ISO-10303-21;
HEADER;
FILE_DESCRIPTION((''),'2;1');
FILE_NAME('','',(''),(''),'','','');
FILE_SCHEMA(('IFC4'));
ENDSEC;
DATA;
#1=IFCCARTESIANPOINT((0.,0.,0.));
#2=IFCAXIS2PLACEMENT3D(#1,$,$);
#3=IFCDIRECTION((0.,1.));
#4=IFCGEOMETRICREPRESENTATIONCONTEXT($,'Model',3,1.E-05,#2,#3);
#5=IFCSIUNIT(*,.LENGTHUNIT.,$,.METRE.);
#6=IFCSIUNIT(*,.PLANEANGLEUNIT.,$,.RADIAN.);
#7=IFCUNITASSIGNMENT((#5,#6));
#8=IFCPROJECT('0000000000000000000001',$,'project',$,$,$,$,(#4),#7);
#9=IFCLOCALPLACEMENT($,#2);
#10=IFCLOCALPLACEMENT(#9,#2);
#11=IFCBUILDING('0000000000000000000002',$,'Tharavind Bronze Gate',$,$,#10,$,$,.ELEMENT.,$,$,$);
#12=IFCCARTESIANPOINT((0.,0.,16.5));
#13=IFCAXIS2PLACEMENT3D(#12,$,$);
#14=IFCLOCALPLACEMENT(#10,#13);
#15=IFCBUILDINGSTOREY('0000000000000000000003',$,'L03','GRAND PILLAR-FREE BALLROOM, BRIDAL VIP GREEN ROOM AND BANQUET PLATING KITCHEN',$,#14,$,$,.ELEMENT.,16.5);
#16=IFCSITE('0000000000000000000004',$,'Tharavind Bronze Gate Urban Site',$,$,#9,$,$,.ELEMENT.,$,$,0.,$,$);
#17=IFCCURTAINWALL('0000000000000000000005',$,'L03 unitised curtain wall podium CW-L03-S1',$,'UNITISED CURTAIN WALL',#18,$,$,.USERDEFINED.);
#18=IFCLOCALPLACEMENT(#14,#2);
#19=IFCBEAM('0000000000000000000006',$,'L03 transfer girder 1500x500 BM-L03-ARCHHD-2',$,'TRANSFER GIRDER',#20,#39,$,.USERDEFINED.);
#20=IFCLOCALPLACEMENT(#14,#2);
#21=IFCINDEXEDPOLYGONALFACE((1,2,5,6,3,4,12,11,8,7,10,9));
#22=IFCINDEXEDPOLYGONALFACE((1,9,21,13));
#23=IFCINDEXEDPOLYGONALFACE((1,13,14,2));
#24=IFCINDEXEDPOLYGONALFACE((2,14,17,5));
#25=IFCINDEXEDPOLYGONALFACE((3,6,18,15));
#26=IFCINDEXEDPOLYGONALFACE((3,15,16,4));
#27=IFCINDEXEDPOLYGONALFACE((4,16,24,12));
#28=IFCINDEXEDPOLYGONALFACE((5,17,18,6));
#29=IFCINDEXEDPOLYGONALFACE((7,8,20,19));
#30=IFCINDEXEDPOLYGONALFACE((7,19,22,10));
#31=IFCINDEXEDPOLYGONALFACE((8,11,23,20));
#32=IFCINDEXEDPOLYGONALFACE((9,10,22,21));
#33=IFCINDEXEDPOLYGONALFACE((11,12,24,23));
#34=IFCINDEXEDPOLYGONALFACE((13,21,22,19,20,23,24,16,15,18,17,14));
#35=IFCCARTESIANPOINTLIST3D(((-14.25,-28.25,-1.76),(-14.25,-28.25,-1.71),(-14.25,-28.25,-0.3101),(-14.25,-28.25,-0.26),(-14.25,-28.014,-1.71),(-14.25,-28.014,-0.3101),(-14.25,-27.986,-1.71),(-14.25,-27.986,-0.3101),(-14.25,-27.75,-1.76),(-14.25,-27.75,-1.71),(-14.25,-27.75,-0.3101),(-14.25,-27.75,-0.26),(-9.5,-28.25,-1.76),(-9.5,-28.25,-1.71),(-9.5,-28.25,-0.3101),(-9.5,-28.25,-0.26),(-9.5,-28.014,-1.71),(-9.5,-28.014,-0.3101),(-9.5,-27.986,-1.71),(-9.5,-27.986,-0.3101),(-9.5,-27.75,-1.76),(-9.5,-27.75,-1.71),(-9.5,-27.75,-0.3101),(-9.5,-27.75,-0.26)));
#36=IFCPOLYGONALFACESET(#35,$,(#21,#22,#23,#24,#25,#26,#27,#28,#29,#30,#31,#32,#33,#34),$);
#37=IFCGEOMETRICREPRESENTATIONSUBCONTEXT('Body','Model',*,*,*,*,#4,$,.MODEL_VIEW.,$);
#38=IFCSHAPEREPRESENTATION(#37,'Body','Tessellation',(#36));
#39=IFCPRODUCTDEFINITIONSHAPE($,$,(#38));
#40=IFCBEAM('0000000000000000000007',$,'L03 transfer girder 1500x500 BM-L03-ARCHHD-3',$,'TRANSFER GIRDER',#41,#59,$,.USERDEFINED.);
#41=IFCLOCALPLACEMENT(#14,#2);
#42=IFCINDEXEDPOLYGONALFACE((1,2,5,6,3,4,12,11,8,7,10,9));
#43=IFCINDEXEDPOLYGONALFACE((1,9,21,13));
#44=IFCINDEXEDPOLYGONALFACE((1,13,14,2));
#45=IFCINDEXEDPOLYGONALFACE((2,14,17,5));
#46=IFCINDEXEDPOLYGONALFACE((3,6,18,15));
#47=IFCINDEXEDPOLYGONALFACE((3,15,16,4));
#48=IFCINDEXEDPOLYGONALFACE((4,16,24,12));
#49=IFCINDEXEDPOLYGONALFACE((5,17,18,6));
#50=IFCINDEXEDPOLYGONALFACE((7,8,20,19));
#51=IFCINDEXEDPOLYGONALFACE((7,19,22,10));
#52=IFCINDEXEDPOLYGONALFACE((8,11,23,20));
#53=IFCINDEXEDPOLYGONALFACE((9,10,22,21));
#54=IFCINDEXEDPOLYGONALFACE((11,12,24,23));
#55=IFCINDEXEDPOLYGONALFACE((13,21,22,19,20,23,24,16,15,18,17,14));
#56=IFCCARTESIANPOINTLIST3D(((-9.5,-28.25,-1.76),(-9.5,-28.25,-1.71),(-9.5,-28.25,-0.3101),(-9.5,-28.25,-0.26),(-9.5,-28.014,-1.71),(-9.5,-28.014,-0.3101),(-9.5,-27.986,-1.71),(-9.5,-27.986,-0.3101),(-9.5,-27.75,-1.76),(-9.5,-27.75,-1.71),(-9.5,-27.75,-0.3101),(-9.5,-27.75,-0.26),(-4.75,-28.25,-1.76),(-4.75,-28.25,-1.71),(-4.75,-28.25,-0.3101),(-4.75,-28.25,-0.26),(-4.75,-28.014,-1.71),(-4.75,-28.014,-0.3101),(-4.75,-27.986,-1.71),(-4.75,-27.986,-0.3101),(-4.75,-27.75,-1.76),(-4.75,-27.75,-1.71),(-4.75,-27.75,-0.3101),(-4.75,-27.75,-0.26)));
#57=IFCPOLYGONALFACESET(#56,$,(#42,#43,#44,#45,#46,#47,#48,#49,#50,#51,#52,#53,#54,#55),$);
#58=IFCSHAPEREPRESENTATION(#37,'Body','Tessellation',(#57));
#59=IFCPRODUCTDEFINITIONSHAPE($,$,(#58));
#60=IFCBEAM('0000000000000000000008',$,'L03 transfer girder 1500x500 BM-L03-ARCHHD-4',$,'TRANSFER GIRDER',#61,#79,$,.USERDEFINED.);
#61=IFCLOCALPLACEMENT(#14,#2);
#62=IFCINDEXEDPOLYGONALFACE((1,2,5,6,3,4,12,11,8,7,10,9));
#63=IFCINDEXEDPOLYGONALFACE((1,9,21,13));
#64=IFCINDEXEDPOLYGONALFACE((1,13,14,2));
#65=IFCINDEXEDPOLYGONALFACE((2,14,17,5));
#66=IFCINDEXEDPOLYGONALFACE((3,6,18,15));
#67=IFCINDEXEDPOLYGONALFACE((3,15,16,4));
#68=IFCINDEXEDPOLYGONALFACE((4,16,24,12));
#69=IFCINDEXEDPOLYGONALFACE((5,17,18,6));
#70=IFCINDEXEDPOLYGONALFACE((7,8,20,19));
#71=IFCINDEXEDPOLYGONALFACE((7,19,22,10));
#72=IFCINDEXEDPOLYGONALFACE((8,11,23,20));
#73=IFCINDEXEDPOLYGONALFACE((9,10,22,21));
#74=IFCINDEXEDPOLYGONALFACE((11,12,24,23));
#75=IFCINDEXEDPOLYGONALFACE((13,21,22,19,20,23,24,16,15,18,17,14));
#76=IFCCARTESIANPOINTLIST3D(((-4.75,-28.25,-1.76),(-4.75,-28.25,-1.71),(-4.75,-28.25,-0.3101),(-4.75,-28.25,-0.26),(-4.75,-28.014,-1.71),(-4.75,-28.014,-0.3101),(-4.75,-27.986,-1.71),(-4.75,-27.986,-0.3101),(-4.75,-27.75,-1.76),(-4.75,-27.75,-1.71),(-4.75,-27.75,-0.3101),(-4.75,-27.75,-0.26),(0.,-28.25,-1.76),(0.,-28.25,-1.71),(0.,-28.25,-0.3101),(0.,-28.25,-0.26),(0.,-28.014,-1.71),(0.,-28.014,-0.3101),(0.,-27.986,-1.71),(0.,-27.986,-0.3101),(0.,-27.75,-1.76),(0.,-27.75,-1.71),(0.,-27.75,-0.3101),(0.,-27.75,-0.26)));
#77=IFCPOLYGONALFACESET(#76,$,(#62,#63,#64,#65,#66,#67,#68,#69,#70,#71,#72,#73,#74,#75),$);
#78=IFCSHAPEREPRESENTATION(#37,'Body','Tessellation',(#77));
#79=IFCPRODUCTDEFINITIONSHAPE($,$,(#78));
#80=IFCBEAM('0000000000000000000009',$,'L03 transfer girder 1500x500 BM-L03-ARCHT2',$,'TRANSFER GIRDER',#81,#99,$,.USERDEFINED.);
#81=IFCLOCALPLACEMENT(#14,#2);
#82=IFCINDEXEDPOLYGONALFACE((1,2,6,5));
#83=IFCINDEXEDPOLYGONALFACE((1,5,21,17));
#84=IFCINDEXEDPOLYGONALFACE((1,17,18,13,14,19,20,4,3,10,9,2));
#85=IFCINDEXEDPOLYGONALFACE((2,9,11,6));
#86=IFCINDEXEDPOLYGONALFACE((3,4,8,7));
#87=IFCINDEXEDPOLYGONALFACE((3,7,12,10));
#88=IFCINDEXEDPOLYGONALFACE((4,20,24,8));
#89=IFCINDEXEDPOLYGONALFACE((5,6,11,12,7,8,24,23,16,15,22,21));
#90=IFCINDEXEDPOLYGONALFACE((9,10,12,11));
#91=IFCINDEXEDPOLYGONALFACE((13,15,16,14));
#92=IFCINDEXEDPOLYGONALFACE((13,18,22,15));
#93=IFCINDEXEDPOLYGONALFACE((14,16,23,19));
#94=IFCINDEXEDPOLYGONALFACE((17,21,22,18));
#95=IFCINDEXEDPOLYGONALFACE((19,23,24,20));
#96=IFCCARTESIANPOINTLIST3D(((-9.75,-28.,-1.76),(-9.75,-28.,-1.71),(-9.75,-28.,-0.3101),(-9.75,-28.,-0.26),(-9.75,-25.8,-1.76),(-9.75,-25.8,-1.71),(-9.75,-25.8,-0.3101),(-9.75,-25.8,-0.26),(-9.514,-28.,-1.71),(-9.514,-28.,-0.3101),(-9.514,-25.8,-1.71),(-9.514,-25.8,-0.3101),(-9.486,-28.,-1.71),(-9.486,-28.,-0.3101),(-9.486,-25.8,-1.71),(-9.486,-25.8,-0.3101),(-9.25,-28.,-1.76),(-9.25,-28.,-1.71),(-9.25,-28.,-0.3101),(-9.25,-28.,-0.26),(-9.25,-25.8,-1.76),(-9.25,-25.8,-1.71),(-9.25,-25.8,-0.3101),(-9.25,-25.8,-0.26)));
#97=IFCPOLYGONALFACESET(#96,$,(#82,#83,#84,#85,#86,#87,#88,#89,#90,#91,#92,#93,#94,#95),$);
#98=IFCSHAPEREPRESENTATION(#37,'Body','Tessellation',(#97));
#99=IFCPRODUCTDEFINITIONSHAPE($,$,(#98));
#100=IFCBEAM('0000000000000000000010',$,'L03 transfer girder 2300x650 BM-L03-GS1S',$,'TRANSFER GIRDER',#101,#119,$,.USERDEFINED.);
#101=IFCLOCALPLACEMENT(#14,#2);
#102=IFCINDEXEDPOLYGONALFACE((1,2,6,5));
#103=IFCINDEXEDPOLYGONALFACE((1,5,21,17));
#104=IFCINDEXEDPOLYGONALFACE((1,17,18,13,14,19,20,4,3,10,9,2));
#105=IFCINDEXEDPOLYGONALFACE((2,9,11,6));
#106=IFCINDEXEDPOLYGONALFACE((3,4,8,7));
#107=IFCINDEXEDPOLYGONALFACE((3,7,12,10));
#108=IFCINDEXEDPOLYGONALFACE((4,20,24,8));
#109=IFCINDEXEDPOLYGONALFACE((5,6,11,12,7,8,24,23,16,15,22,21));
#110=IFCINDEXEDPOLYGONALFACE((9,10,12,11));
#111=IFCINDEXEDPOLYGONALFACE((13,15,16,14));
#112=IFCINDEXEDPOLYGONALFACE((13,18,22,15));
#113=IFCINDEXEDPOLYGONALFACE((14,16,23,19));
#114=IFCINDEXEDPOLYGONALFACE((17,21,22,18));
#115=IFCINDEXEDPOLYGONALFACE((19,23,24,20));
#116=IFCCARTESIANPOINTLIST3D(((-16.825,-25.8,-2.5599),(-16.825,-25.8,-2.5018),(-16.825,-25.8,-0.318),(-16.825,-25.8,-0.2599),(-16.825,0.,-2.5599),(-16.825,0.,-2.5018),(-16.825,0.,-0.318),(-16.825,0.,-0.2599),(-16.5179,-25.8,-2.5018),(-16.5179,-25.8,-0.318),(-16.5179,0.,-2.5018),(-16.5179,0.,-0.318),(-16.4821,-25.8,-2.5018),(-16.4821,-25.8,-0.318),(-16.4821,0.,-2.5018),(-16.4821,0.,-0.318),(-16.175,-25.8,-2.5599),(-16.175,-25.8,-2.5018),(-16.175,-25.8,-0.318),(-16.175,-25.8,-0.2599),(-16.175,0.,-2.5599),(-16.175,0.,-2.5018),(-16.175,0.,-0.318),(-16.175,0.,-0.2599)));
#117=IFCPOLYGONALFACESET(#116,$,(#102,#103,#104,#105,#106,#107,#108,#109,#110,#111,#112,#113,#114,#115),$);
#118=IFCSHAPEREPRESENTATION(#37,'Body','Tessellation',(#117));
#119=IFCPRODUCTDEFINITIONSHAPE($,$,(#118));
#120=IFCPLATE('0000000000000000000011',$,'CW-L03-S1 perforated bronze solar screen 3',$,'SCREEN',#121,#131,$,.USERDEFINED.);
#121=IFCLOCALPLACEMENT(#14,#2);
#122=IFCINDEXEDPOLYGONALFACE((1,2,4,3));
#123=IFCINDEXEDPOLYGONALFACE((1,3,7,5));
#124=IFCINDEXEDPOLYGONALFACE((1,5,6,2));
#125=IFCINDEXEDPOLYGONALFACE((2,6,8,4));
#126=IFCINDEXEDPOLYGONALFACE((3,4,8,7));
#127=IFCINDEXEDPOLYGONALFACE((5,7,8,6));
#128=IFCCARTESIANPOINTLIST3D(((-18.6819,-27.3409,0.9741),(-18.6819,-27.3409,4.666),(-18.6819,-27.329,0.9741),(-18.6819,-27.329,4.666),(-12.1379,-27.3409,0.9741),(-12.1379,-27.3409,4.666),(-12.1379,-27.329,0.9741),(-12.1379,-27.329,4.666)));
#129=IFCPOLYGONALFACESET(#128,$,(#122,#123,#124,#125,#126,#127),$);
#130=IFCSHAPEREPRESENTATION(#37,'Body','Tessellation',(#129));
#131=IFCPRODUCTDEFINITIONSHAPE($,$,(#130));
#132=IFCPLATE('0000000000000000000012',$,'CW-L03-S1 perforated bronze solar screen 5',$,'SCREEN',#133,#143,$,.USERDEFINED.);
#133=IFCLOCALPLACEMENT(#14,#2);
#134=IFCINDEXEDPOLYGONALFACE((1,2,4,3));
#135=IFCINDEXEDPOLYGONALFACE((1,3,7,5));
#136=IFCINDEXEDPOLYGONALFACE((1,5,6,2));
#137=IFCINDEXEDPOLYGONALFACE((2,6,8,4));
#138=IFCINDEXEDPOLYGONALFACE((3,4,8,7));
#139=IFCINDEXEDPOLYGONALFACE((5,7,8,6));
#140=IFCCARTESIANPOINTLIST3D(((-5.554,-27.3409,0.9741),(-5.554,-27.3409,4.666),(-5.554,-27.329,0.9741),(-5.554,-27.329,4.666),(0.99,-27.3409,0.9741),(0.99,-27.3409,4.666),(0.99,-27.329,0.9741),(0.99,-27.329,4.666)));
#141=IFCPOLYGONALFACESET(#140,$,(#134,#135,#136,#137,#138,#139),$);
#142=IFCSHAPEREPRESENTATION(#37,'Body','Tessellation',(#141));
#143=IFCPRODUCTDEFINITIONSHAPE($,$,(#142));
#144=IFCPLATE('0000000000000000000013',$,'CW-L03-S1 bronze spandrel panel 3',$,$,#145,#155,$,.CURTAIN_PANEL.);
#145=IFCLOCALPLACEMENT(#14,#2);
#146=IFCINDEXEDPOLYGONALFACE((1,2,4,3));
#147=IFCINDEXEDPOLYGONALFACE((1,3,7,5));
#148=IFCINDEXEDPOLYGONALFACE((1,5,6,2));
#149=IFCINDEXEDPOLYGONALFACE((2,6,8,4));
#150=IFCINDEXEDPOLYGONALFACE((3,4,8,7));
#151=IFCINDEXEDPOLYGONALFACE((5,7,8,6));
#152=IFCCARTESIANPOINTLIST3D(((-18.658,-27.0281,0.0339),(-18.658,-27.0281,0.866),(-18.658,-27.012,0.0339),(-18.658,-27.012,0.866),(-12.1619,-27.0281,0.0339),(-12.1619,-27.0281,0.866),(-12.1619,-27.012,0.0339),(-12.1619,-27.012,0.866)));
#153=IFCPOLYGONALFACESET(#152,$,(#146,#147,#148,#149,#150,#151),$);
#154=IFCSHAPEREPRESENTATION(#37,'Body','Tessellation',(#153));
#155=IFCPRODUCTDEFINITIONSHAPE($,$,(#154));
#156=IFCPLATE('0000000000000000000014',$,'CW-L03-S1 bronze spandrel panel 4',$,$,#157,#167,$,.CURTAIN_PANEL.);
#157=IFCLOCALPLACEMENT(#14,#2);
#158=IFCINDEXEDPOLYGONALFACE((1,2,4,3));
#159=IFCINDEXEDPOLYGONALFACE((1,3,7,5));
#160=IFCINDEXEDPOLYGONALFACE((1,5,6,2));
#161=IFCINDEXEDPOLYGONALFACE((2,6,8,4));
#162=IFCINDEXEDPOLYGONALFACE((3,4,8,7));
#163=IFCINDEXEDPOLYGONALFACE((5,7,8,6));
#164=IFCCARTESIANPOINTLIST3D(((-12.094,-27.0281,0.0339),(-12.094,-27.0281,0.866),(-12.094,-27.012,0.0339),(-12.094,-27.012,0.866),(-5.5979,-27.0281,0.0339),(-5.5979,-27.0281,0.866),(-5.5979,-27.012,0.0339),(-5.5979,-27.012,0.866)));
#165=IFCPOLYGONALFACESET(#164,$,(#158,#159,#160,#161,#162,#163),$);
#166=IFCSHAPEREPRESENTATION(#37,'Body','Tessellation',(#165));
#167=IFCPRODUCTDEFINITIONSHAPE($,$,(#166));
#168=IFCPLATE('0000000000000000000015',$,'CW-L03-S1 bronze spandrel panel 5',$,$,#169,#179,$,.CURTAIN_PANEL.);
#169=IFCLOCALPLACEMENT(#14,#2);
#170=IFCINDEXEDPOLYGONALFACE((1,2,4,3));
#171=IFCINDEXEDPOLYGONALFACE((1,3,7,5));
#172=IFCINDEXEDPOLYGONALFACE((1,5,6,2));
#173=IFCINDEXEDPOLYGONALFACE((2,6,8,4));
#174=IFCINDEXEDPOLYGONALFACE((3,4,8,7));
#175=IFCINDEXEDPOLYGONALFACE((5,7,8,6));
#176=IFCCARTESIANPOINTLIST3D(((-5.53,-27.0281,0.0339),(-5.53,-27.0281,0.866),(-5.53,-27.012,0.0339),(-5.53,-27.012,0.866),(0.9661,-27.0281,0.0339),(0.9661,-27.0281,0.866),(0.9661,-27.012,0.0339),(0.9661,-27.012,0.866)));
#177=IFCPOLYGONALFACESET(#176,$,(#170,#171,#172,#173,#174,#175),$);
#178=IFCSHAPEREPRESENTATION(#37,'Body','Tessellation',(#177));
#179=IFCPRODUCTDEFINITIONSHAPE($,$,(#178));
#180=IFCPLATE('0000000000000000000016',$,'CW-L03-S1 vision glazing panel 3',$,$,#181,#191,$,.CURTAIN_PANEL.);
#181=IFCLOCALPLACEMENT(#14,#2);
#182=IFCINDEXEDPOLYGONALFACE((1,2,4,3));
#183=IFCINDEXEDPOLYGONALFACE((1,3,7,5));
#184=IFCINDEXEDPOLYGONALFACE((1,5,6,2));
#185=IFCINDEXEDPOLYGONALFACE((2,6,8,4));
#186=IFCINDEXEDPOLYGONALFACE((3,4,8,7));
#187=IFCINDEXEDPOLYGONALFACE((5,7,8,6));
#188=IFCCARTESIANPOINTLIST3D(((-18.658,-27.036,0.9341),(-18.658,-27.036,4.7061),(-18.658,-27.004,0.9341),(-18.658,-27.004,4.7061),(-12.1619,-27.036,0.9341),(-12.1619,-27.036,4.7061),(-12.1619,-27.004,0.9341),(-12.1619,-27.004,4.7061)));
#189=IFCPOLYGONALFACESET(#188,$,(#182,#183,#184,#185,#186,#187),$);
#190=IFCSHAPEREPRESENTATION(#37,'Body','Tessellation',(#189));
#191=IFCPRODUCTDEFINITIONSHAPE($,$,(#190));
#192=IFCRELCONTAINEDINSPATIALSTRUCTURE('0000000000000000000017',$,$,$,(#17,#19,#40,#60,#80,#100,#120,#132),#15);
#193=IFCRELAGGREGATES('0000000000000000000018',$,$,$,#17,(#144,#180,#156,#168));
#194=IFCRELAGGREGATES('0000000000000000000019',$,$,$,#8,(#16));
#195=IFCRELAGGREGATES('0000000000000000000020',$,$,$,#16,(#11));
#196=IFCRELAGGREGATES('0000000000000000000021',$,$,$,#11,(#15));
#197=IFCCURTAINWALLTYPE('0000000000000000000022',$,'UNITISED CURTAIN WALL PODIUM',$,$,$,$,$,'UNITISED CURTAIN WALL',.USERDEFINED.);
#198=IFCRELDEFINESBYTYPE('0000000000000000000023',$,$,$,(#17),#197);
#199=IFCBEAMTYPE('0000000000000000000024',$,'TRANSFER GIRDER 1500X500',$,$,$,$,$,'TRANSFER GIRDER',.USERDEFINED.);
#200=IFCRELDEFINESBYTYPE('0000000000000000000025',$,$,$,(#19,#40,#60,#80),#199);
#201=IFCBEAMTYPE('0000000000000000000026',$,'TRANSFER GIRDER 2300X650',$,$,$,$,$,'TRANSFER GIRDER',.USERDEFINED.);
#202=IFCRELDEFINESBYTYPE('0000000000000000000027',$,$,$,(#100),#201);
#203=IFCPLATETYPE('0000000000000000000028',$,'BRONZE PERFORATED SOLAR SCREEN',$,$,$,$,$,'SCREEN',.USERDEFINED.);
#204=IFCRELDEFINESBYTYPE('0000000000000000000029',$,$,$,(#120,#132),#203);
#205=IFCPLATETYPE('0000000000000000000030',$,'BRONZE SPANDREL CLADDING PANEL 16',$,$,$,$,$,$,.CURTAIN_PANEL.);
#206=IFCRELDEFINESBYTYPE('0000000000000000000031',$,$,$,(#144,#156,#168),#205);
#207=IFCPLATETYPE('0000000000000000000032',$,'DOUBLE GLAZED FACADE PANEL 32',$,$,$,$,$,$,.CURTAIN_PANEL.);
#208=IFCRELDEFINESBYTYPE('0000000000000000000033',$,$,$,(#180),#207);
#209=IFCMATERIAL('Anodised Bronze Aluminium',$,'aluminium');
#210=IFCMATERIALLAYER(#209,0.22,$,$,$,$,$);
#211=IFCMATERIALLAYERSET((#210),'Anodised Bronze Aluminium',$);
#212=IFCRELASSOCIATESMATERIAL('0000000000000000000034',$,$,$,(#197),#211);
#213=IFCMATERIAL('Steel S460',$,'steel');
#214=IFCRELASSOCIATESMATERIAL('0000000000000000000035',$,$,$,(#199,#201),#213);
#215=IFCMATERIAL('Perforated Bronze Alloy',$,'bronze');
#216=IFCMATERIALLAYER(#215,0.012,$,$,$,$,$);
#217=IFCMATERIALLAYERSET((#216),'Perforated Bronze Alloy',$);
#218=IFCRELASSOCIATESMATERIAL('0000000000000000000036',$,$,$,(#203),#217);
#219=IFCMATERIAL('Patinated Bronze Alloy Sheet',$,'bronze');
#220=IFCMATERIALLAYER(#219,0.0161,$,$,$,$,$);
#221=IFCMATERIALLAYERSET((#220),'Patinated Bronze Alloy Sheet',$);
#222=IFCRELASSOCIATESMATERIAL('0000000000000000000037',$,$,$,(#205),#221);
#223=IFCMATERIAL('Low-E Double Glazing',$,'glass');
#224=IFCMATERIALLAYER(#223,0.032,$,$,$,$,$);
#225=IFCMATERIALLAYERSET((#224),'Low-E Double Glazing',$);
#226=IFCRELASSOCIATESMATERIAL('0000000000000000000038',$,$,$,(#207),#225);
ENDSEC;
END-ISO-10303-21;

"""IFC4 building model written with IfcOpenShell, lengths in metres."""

from ifc_helpers import new_model, si_unit, direction, frame, origin, origin_2d, place, context, subcontext, project, spatial, rectangle, i_section, extrude, material, layer, layer_set, material_profile, profile_set, type_object, element, aggregate, save


model = new_model("IFC4")

# Units and contexts
model_context = context("Model", 3, precision=1e-05, world=origin(), true_north=direction((0.0, 1.0)))
body_context = subcontext(model_context, "Body", "Model", "MODEL_VIEW")
ifc_project = project(units=[si_unit("LENGTHUNIT", "METRE"), si_unit("PLANEANGLEUNIT", "RADIAN")], contexts=[model_context])

# Site, building, storey
site_placement = place(None, origin())
site = spatial("IfcSite", under=ifc_project, at=site_placement, Name="Tharavind Bronze Gate Urban Site", CompositionType="ELEMENT", RefElevation=0.0)
building_placement = place(site_placement, origin())
building = spatial("IfcBuilding", under=site, at=building_placement, Name="Tharavind Bronze Gate", CompositionType="ELEMENT")
storey_placement = place(building_placement, frame((0.0, 0.0, 16.5)))
storey = spatial("IfcBuildingStorey", under=building, at=storey_placement, Name="L03", Description="GRAND PILLAR-FREE BALLROOM, BRIDAL VIP GREEN ROOM AND BANQUET PLATING KITCHEN", CompositionType="ELEMENT", Elevation=16.5)

# Shared definitions
ifc_material_1 = material(Name="Steel S460", Category="steel")

# Curtain wall
ifc_material_2 = material(Name="Anodised Bronze Aluminium", Category="aluminium")
ifc_layer_1 = layer(ifc_material_2, 0.22)
ifc_layer_set_1 = layer_set([ifc_layer_1], Name="Anodised Bronze Aluminium")
curtain_wall_type = type_object("IfcCurtainWallType", Name="UNITISED CURTAIN WALL PODIUM", ElementType="UNITISED CURTAIN WALL", PredefinedType="USERDEFINED", material=ifc_layer_set_1)
curtain_wall_placement = place(storey_placement, origin())
curtain_wall = element("IfcCurtainWall", 1, at=curtain_wall_placement, inside=storey, type_object=curtain_wall_type, Name="L03 unitised curtain wall podium CW-L03-S1", ObjectType="UNITISED CURTAIN WALL", PredefinedType="USERDEFINED")

# Beams
ifc_material_profile_1 = material_profile(ifc_material_1, i_section(OverallWidth=0.5, OverallDepth=1.5, WebThickness=0.0281, FlangeThickness=0.05, at=origin_2d()), Name="PG1500X500")
ifc_profile_set_1 = profile_set([ifc_material_profile_1], Name="Steel S460")
beam_type_1 = type_object("IfcBeamType", Name="TRANSFER GIRDER 1500X500", ElementType="TRANSFER GIRDER", PredefinedType="USERDEFINED", material=ifc_profile_set_1)
for number, where, z_axis, x_axis, name in (
    (2, (-14.25, -28.0, -1.01), (1.0, 0.0, 0.0), (0.0, 1.0, 0.0), "L03 transfer girder 1500x500 BM-L03-ARCHHD-2"),
    (3, (-9.5, -28.0, -1.01), (1.0, 0.0, 0.0), (0.0, 1.0, 0.0), "L03 transfer girder 1500x500 BM-L03-ARCHHD-3"),
    (4, (-4.75, -28.0, -1.01), (1.0, 0.0, 0.0), (0.0, 1.0, 0.0), "L03 transfer girder 1500x500 BM-L03-ARCHHD-4"),
):
    element("IfcBeam", number, at=place(storey_placement, frame(where, z_axis=z_axis, x_axis=x_axis)), inside=storey, type_object=beam_type_1, Name=name, ObjectType="TRANSFER GIRDER", PredefinedType="USERDEFINED", context=body_context, shape_type="SweptSolid", body=[
        extrude(i_section(OverallWidth=0.5, OverallDepth=1.5, WebThickness=0.0281, FlangeThickness=0.05, at=origin_2d()), origin(), (0.0, 0.0, 1.0), 4.75),
    ])
beam_1_placement = place(storey_placement, frame((-9.5, -28.0, -1.01), z_axis=(0.0, 1.0, 0.0), x_axis=(-1.0, 0.0, 0.0)))
element("IfcBeam", 5, at=beam_1_placement, inside=storey, type_object=beam_type_1, Name="L03 transfer girder 1500x500 BM-L03-ARCHT2", ObjectType="TRANSFER GIRDER", PredefinedType="USERDEFINED", context=body_context, shape_type="SweptSolid", body=[
    extrude(i_section(OverallWidth=0.5, OverallDepth=1.5, WebThickness=0.0281, FlangeThickness=0.05, at=origin_2d()), origin(), (0.0, 0.0, 1.0), 2.2),
])
ifc_material_profile_2 = material_profile(ifc_material_1, i_section(OverallWidth=0.6499, OverallDepth=2.3, WebThickness=0.0359, FlangeThickness=0.0581, at=origin_2d()), Name="PG2300X650")
ifc_profile_set_2 = profile_set([ifc_material_profile_2], Name="Steel S460")
beam_type_2 = type_object("IfcBeamType", Name="TRANSFER GIRDER 2300X650", ElementType="TRANSFER GIRDER", PredefinedType="USERDEFINED", material=ifc_profile_set_2)
beam_2_placement = place(storey_placement, frame((-16.5, -25.8, -1.4099), z_axis=(0.0, 1.0, 0.0), x_axis=(-1.0, 0.0, 0.0)))
element("IfcBeam", 6, at=beam_2_placement, inside=storey, type_object=beam_type_2, Name="L03 transfer girder 2300x650 BM-L03-GS1S", ObjectType="TRANSFER GIRDER", PredefinedType="USERDEFINED", context=body_context, shape_type="SweptSolid", body=[
    extrude(i_section(OverallWidth=0.6499, OverallDepth=2.3, WebThickness=0.0359, FlangeThickness=0.0581, at=origin_2d()), origin(), (0.0, 0.0, 1.0), 25.8),
])

# Plates
ifc_material_3 = material(Name="Perforated Bronze Alloy", Category="bronze")
ifc_layer_2 = layer(ifc_material_3, 0.012)
ifc_layer_set_2 = layer_set([ifc_layer_2], Name="Perforated Bronze Alloy")
plate_type_1 = type_object("IfcPlateType", Name="BRONZE PERFORATED SOLAR SCREEN", ElementType="SCREEN", PredefinedType="USERDEFINED", material=ifc_layer_set_2)
for number, where, z_axis, x_axis, name in (
    (7, (-15.4099, -27.335, 0.9741), (0.0, 0.0, 1.0), (1.0, 0.0, 0.0), "CW-L03-S1 perforated bronze solar screen 3"),
    (8, (-2.282, -27.335, 0.9741), (0.0, 0.0, 1.0), (1.0, 0.0, 0.0), "CW-L03-S1 perforated bronze solar screen 5"),
):
    element("IfcPlate", number, at=place(storey_placement, frame(where, z_axis=z_axis, x_axis=x_axis)), inside=storey, type_object=plate_type_1, Name=name, ObjectType="SCREEN", PredefinedType="USERDEFINED", context=body_context, shape_type="SweptSolid", body=[
        extrude(rectangle(XDim=6.5439, YDim=0.012, at=origin_2d()), origin(), (0.0, 0.0, 1.0), 3.6919),
    ])

# Plates
ifc_material_4 = material(Name="Patinated Bronze Alloy Sheet", Category="bronze")
ifc_layer_3 = layer(ifc_material_4, 0.0161)
ifc_layer_set_3 = layer_set([ifc_layer_3], Name="Patinated Bronze Alloy Sheet")
plate_type_2 = type_object("IfcPlateType", Name="BRONZE SPANDREL CLADDING PANEL 16", PredefinedType="CURTAIN_PANEL", material=ifc_layer_set_3)
plate_1_placement = place(storey_placement, frame((-15.4099, -27.02, 0.0339), z_axis=(0.0, 0.0, 1.0), x_axis=(1.0, 0.0, 0.0)))
plate_1 = element("IfcPlate", 9, at=plate_1_placement, type_object=plate_type_2, Name="CW-L03-S1 bronze spandrel panel 3", PredefinedType="CURTAIN_PANEL", context=body_context, shape_type="SweptSolid", body=[
    extrude(rectangle(XDim=6.4961, YDim=0.0161, at=origin_2d()), origin(), (0.0, 0.0, 1.0), 0.832),
])
plate_2_placement = place(storey_placement, frame((-8.8459, -27.02, 0.0339), z_axis=(0.0, 0.0, 1.0), x_axis=(1.0, 0.0, 0.0)))
plate_2 = element("IfcPlate", 10, at=plate_2_placement, type_object=plate_type_2, Name="CW-L03-S1 bronze spandrel panel 4", PredefinedType="CURTAIN_PANEL", context=body_context, shape_type="SweptSolid", body=[
    extrude(rectangle(XDim=6.4961, YDim=0.0161, at=origin_2d()), origin(), (0.0, 0.0, 1.0), 0.832),
])
plate_3_placement = place(storey_placement, frame((-2.282, -27.02, 0.0339), z_axis=(0.0, 0.0, 1.0), x_axis=(1.0, 0.0, 0.0)))
plate_3 = element("IfcPlate", 11, at=plate_3_placement, type_object=plate_type_2, Name="CW-L03-S1 bronze spandrel panel 5", PredefinedType="CURTAIN_PANEL", context=body_context, shape_type="SweptSolid", body=[
    extrude(rectangle(XDim=6.4961, YDim=0.0161, at=origin_2d()), origin(), (0.0, 0.0, 1.0), 0.832),
])
ifc_material_5 = material(Name="Low-E Double Glazing", Category="glass")
ifc_layer_4 = layer(ifc_material_5, 0.032)
ifc_layer_set_4 = layer_set([ifc_layer_4], Name="Low-E Double Glazing")
plate_type_3 = type_object("IfcPlateType", Name="DOUBLE GLAZED FACADE PANEL 32", PredefinedType="CURTAIN_PANEL", material=ifc_layer_set_4)
plate_4_placement = place(storey_placement, frame((-15.4099, -27.02, 0.9341), z_axis=(0.0, 0.0, 1.0), x_axis=(1.0, 0.0, 0.0)))
plate_4 = element("IfcPlate", 12, at=plate_4_placement, type_object=plate_type_3, Name="CW-L03-S1 vision glazing panel 3", PredefinedType="CURTAIN_PANEL", context=body_context, shape_type="SweptSolid", body=[
    extrude(rectangle(XDim=6.4961, YDim=0.032, at=origin_2d()), origin(), (0.0, 0.0, 1.0), 3.772),
])
aggregate(curtain_wall, [plate_1, plate_4, plate_2, plate_3])

save(model, "model.ifc")
